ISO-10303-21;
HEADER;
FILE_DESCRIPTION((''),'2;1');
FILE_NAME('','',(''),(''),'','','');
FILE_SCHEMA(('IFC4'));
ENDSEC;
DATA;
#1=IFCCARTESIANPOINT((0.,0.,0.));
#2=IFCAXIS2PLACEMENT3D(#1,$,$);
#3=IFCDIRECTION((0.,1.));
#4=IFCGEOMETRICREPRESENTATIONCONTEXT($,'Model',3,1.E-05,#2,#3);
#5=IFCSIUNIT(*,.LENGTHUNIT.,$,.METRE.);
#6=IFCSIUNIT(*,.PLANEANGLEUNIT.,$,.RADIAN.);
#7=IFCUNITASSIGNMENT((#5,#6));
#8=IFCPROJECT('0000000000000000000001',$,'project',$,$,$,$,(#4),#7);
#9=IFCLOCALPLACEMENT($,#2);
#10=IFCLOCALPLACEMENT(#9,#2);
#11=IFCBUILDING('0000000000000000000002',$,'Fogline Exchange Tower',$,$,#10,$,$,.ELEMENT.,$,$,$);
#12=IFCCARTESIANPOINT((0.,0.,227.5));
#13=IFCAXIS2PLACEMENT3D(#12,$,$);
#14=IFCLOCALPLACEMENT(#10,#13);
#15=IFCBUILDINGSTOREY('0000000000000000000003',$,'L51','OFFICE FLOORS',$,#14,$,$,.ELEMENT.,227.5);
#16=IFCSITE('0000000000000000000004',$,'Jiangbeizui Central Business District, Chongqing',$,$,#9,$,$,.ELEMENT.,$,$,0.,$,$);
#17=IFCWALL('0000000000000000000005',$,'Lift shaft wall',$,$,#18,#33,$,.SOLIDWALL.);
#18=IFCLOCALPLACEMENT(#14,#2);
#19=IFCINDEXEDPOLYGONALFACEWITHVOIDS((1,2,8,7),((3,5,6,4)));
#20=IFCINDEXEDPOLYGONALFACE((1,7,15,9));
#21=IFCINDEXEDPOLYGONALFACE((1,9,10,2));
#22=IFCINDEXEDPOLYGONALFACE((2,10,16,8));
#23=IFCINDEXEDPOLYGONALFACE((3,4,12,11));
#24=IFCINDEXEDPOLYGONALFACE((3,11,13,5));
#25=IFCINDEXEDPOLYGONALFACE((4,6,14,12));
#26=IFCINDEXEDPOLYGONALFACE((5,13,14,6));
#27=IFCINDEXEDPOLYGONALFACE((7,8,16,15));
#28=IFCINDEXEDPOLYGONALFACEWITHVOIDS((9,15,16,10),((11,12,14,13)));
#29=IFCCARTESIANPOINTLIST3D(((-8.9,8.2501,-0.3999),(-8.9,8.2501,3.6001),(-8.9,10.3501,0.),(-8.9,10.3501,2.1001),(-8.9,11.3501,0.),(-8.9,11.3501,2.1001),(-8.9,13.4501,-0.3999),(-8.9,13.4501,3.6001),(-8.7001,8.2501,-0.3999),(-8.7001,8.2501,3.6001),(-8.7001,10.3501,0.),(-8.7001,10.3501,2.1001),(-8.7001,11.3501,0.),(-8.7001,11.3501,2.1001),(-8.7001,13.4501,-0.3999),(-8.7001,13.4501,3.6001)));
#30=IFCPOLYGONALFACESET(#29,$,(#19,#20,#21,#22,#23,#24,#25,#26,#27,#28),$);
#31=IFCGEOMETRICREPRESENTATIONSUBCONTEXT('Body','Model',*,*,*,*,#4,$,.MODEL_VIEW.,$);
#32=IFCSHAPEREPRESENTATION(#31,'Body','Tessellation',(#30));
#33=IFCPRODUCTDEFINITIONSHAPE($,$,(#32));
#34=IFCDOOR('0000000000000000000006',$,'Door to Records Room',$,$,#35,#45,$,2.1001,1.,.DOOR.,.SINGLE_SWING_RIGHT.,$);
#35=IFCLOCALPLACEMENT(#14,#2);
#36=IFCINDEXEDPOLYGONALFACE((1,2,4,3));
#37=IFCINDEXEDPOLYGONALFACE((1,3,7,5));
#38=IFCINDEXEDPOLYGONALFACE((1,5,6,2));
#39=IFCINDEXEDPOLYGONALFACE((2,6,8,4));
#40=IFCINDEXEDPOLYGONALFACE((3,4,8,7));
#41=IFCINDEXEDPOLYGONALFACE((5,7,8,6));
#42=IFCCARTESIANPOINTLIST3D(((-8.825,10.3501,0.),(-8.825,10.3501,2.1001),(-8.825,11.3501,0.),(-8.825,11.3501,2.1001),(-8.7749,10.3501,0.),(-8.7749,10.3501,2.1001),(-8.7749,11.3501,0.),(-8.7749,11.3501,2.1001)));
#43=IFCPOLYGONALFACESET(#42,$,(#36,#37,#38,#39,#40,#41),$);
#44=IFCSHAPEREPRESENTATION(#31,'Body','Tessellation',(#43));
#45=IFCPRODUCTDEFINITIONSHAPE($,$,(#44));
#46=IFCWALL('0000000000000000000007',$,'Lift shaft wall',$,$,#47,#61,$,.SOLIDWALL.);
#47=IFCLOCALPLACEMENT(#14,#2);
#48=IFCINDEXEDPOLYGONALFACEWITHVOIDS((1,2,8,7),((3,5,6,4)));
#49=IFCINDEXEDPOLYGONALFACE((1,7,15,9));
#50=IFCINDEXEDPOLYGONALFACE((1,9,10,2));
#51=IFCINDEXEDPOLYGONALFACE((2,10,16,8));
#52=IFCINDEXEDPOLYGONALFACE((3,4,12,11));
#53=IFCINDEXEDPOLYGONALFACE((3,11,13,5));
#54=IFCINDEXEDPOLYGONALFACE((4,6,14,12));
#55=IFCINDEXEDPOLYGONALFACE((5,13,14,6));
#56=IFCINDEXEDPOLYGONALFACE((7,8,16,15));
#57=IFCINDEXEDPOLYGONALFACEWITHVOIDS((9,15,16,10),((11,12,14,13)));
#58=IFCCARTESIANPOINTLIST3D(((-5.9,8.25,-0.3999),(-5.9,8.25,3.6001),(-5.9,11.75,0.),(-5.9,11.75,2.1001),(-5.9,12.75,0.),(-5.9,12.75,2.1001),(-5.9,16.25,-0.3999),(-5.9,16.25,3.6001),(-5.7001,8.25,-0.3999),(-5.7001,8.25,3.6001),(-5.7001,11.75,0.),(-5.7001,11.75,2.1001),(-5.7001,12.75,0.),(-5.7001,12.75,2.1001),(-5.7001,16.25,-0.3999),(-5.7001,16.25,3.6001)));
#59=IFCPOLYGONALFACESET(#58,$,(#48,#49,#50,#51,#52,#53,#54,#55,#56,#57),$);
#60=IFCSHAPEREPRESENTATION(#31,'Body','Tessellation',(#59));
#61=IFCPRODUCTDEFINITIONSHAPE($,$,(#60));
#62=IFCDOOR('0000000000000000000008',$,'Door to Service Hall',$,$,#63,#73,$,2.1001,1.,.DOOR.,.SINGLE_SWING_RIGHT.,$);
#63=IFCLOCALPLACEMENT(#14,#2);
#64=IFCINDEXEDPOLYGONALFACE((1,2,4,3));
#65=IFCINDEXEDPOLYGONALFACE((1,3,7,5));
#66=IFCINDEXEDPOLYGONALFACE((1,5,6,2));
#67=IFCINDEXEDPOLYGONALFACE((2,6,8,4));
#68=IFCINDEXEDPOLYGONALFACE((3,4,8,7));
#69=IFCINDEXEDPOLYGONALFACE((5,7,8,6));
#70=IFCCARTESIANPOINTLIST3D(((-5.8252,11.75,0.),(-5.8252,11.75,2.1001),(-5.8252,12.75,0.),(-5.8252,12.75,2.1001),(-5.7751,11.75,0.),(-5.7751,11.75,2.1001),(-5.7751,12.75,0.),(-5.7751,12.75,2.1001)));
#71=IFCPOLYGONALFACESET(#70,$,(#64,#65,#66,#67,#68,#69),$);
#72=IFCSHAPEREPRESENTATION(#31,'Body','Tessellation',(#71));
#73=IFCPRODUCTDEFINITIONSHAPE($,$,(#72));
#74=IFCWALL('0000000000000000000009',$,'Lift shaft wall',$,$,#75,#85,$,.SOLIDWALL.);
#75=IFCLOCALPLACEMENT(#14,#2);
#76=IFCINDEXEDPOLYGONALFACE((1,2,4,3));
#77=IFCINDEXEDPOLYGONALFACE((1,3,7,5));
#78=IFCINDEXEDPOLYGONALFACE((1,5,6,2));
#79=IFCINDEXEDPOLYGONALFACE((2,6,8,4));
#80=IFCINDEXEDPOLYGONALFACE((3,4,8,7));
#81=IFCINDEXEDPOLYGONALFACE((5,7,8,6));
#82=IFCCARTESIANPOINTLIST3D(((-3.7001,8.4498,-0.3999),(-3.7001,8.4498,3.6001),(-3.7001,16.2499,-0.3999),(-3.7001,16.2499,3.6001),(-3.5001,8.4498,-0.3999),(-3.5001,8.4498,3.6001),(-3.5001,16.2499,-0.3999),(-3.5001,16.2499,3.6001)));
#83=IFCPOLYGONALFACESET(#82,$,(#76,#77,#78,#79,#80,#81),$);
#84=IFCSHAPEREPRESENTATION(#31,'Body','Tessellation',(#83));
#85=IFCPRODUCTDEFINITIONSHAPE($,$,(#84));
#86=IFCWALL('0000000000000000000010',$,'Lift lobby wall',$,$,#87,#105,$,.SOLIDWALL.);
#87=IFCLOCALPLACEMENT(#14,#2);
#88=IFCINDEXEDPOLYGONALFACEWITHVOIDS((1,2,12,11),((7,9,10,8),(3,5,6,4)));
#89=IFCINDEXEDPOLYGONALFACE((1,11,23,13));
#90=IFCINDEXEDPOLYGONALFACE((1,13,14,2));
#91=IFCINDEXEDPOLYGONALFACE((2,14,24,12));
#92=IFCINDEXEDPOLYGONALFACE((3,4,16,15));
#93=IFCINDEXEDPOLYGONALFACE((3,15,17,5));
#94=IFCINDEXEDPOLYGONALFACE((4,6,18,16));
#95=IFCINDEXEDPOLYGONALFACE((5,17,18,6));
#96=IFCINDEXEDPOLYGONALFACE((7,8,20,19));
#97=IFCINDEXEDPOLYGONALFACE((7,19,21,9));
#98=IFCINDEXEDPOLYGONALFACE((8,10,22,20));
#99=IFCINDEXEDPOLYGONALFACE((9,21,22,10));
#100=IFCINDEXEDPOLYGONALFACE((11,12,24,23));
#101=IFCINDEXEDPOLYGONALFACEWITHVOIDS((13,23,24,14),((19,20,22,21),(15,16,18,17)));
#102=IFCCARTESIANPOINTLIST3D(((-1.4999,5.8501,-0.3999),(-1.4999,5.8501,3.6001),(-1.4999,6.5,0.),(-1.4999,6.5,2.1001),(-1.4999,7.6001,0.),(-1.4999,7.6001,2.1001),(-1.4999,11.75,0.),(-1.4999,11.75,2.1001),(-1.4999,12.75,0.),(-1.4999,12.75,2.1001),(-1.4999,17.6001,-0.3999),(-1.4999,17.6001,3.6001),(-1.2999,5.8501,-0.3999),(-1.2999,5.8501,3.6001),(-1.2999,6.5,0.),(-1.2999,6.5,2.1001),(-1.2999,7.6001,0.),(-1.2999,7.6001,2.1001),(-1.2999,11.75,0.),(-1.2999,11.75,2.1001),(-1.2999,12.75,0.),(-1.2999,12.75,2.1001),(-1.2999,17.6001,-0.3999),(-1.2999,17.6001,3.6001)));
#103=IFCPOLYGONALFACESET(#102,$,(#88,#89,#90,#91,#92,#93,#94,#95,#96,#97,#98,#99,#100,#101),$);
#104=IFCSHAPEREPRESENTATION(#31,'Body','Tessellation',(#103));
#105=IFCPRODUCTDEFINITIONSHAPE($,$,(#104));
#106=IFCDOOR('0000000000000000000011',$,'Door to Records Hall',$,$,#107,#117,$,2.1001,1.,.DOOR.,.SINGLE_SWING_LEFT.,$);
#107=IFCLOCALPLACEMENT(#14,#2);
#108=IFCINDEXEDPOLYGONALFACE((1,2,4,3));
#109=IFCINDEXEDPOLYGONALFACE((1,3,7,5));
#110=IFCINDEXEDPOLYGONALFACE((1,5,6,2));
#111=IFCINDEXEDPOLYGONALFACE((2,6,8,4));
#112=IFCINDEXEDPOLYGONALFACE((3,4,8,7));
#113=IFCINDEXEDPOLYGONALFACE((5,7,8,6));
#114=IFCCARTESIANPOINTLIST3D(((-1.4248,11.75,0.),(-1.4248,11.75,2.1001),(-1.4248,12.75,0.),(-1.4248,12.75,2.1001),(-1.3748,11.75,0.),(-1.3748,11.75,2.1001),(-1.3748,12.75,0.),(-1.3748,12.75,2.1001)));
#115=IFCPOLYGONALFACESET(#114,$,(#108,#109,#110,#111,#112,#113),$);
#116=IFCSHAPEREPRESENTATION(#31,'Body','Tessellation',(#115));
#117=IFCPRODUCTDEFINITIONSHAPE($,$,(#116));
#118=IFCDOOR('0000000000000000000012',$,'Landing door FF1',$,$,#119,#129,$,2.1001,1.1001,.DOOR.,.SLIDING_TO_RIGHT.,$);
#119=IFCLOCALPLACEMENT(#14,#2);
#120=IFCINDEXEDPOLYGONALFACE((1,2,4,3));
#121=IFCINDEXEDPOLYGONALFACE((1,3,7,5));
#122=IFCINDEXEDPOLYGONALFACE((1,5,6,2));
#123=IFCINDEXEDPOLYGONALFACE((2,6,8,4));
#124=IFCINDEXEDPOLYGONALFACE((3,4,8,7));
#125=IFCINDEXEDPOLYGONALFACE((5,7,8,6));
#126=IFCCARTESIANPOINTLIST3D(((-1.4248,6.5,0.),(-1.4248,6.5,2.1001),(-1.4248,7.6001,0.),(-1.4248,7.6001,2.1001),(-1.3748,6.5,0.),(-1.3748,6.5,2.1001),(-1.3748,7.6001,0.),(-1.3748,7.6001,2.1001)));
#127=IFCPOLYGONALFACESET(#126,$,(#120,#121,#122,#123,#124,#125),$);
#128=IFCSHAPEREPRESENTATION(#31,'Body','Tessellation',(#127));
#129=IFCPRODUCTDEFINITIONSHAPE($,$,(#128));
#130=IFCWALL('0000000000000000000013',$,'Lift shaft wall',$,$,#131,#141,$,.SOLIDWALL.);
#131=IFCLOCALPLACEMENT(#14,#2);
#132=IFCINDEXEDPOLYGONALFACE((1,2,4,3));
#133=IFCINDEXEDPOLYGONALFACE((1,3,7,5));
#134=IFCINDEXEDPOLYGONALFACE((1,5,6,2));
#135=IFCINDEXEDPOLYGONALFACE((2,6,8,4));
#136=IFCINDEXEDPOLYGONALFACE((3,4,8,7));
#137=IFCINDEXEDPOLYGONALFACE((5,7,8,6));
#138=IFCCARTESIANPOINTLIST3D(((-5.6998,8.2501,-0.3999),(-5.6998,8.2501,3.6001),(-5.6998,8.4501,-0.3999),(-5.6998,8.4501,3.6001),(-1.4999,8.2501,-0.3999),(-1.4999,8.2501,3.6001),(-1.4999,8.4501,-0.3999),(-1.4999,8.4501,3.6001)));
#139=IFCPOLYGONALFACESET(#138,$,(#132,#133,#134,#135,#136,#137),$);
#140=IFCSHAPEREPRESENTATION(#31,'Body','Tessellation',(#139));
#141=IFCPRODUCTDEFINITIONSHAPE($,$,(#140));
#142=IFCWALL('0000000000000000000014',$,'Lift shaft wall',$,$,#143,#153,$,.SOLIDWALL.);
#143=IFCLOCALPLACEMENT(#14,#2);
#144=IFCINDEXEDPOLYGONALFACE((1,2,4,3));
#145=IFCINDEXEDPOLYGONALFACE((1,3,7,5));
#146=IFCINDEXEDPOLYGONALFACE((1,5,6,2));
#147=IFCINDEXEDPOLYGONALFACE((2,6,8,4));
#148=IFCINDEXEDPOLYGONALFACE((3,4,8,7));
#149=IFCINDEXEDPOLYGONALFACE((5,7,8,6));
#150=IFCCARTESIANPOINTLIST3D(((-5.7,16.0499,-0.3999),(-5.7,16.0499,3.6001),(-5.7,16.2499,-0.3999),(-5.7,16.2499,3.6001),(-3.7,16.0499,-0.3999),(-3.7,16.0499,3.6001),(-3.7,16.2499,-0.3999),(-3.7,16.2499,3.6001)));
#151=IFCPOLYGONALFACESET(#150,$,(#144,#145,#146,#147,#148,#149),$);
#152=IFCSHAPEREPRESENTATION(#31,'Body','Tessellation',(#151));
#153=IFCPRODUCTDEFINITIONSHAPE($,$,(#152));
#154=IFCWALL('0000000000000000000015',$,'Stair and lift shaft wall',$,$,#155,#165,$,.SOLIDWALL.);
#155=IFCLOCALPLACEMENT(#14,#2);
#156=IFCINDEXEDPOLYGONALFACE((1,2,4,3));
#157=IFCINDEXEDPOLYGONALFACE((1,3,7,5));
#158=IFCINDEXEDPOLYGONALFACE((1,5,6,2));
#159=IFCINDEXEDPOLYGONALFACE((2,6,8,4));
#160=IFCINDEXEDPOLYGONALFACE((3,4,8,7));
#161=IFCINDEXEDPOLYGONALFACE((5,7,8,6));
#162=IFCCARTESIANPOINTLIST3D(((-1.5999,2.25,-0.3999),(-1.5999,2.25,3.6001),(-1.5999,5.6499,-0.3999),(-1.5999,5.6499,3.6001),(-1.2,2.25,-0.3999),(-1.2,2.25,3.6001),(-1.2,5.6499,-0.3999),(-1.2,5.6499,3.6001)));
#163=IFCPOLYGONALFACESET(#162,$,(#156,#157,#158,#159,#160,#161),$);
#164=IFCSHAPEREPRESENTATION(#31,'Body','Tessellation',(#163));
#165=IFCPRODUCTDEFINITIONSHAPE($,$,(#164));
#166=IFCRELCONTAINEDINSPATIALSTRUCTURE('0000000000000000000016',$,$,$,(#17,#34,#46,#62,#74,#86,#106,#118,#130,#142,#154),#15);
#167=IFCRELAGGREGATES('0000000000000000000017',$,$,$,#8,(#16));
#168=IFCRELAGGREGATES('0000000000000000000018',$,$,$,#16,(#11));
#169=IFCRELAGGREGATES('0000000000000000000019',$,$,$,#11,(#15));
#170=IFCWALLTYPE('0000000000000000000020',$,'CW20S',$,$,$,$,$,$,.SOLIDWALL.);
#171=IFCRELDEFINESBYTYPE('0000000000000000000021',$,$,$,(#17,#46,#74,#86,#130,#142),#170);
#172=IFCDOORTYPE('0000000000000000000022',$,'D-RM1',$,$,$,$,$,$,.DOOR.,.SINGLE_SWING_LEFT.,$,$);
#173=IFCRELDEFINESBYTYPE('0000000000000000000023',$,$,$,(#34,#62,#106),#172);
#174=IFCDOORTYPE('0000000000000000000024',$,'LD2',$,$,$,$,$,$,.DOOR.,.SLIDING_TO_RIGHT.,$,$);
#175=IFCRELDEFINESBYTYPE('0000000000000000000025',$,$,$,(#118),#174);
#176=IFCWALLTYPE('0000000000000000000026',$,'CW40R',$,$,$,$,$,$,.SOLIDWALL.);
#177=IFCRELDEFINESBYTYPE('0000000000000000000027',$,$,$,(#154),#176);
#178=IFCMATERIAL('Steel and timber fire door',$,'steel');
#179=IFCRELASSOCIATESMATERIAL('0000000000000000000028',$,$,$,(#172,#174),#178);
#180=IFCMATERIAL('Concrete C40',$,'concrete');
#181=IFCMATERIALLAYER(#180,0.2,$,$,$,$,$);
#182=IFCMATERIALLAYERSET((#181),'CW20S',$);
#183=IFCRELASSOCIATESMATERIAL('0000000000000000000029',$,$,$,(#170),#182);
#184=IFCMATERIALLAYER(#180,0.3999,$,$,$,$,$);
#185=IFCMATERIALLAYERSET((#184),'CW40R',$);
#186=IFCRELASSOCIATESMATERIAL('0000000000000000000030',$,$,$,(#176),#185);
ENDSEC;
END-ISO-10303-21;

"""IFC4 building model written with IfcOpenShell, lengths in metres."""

from ifc_helpers import new_model, si_unit, direction, frame, frame_2d, origin, place, context, subcontext, project, spatial, rectangle, extrude, material, layer, layer_set, type_object, element, fill, save


model = new_model("IFC4")

# Units and contexts
model_context = context("Model", 3, precision=1e-05, world=origin(), true_north=direction((0.0, 1.0)))
body_context = subcontext(model_context, "Body", "Model", "MODEL_VIEW")
ifc_project = project(units=[si_unit("LENGTHUNIT", "METRE"), si_unit("PLANEANGLEUNIT", "RADIAN")], contexts=[model_context])

# Site, building, storey
site_placement = place(None, origin())
site = spatial("IfcSite", under=ifc_project, at=site_placement, Name="Jiangbeizui Central Business District, Chongqing", CompositionType="ELEMENT", RefElevation=0.0)
building_placement = place(site_placement, origin())
building = spatial("IfcBuilding", under=site, at=building_placement, Name="Fogline Exchange Tower", CompositionType="ELEMENT")
storey_placement = place(building_placement, frame((0.0, 0.0, 227.5)))
storey = spatial("IfcBuildingStorey", under=building, at=storey_placement, Name="L51", Description="OFFICE FLOORS", CompositionType="ELEMENT", Elevation=227.5)

# Shared definitions
ifc_material_1 = material(Name="Steel and timber fire door", Category="steel")

# Walls, openings, doors
ifc_material_2 = material(Name="Concrete C40", Category="concrete")
door_type_1 = type_object("IfcDoorType", Name="D-RM1", OperationType="SINGLE_SWING_LEFT", PredefinedType="DOOR", material=ifc_material_1)
ifc_layer_1 = layer(ifc_material_2, 0.2)
ifc_layer_set_1 = layer_set([ifc_layer_1], Name="CW20S")
wall_type_1 = type_object("IfcWallType", Name="CW20S", PredefinedType="SOLIDWALL", material=ifc_layer_set_1)
wall_1_placement = place(storey_placement, frame((-8.8, 8.25, -0.3999), z_axis=(0.0, 0.0, 1.0), x_axis=(0.0, 1.0, 0.0)))
wall_1 = element("IfcWall", 1, at=wall_1_placement, inside=storey, type_object=wall_type_1, Name="Lift shaft wall", PredefinedType="SOLIDWALL", context=body_context, shape_type="SweptSolid", body=[
    extrude(rectangle(XDim=5.2, YDim=0.2, at=frame_2d((2.6001, 0.0))), origin(), (0.0, 0.0, 1.0), 4.0),
])
opening_1_placement = place(wall_1_placement, frame((2.1001, 0.0, 0.3999)))
opening_1 = element("IfcOpeningElement", 2, at=opening_1_placement, cuts=wall_1, PredefinedType="OPENING", context=body_context, shape_type="SweptSolid", body=[
    extrude(rectangle(XDim=1.0, YDim=2.1001, at=frame_2d((0.5, 1.05))), frame((0.0, 0.1099, 0.0), z_axis=(0.0, -1.0, 0.0), x_axis=(1.0, 0.0, 0.0)), (0.0, 0.0, 1.0), 0.22),
])
door_1_placement = place(opening_1_placement, origin())
door_1 = element("IfcDoor", 3, at=door_1_placement, inside=storey, type_object=door_type_1, Name="Door to Records Room", OperationType="SINGLE_SWING_RIGHT", OverallHeight=2.1001, OverallWidth=1.0, PredefinedType="DOOR", context=body_context, shape_type="SweptSolid", body=[
    extrude(rectangle(XDim=1.0, YDim=2.1001, at=frame_2d((0.5, 1.05))), frame((0.0, 0.0249, 0.0), z_axis=(0.0, -1.0, 0.0), x_axis=(1.0, 0.0, 0.0)), (0.0, 0.0, 1.0), 0.05),
])
fill(opening_1, door_1)
wall_2_placement = place(storey_placement, frame((-5.8, 8.25, -0.3999), z_axis=(0.0, 0.0, 1.0), x_axis=(0.0, 1.0, 0.0)))
wall_2 = element("IfcWall", 4, at=wall_2_placement, inside=storey, type_object=wall_type_1, Name="Lift shaft wall", PredefinedType="SOLIDWALL", context=body_context, shape_type="SweptSolid", body=[
    extrude(rectangle(XDim=8.0, YDim=0.2, at=frame_2d((4.0, 0.0))), origin(), (0.0, 0.0, 1.0), 4.0),
])
opening_2_placement = place(wall_2_placement, frame((3.5, 0.0, 0.3999)))
opening_2 = element("IfcOpeningElement", 5, at=opening_2_placement, cuts=wall_2, PredefinedType="OPENING", context=body_context, shape_type="SweptSolid", body=[
    extrude(rectangle(XDim=1.0, YDim=2.1001, at=frame_2d((0.5, 1.05))), frame((0.0, 0.1099, 0.0), z_axis=(0.0, -1.0, 0.0), x_axis=(1.0, 0.0, 0.0)), (0.0, 0.0, 1.0), 0.22),
])
door_2_placement = place(opening_2_placement, frame((1.0, 0.0, 0.0), z_axis=(0.0, 0.0, 1.0), x_axis=(-1.0, 0.0, 0.0)))
door_2 = element("IfcDoor", 6, at=door_2_placement, inside=storey, type_object=door_type_1, Name="Door to Service Hall", OperationType="SINGLE_SWING_RIGHT", OverallHeight=2.1001, OverallWidth=1.0, PredefinedType="DOOR", context=body_context, shape_type="SweptSolid", body=[
    extrude(rectangle(XDim=1.0, YDim=2.1001, at=frame_2d((0.5, 1.05))), frame((0.0, 0.0249, 0.0), z_axis=(0.0, -1.0, 0.0), x_axis=(1.0, 0.0, 0.0)), (0.0, 0.0, 1.0), 0.05),
])
fill(opening_2, door_2)

# Wall
wall_3_placement = place(storey_placement, frame((-3.6001, 8.45, -0.3999), z_axis=(0.0, 0.0, 1.0), x_axis=(0.0, 1.0, 0.0)))
element("IfcWall", 7, at=wall_3_placement, inside=storey, type_object=wall_type_1, Name="Lift shaft wall", PredefinedType="SOLIDWALL", context=body_context, shape_type="SweptSolid", body=[
    extrude(rectangle(XDim=7.8, YDim=0.2, at=frame_2d((3.8999, 0.0))), origin(), (0.0, 0.0, 1.0), 4.0),
])

# Wall, openings, doors
wall_4_placement = place(storey_placement, frame((-1.3999, 5.8501, -0.3999), z_axis=(0.0, 0.0, 1.0), x_axis=(0.0, 1.0, 0.0)))
wall_4 = element("IfcWall", 8, at=wall_4_placement, inside=storey, type_object=wall_type_1, Name="Lift lobby wall", PredefinedType="SOLIDWALL", context=body_context, shape_type="SweptSolid", body=[
    extrude(rectangle(XDim=11.75, YDim=0.2, at=frame_2d((5.875, 0.0))), origin(), (0.0, 0.0, 1.0), 4.0),
])
opening_3_placement = place(wall_4_placement, frame((0.6499, 0.0, 0.3999)))
opening_3 = element("IfcOpeningElement", 9, at=opening_3_placement, cuts=wall_4, PredefinedType="OPENING", context=body_context, shape_type="SweptSolid", body=[
    extrude(rectangle(XDim=1.1001, YDim=2.1001, at=frame_2d((0.55, 1.05))), frame((0.0, 0.1099, 0.0), z_axis=(0.0, -1.0, 0.0), x_axis=(1.0, 0.0, 0.0)), (0.0, 0.0, 1.0), 0.22),
])
opening_4_placement = place(wall_4_placement, frame((5.8999, 0.0, 0.3999)))
opening_4 = element("IfcOpeningElement", 10, at=opening_4_placement, cuts=wall_4, PredefinedType="OPENING", context=body_context, shape_type="SweptSolid", body=[
    extrude(rectangle(XDim=1.0, YDim=2.1001, at=frame_2d((0.5, 1.05))), frame((0.0, 0.1099, 0.0), z_axis=(0.0, -1.0, 0.0), x_axis=(1.0, 0.0, 0.0)), (0.0, 0.0, 1.0), 0.22),
])
door_3_placement = place(opening_4_placement, origin())
door_3 = element("IfcDoor", 11, at=door_3_placement, inside=storey, type_object=door_type_1, Name="Door to Records Hall", OperationType="SINGLE_SWING_LEFT", OverallHeight=2.1001, OverallWidth=1.0, PredefinedType="DOOR", context=body_context, shape_type="SweptSolid", body=[
    extrude(rectangle(XDim=1.0, YDim=2.1001, at=frame_2d((0.5, 1.05))), frame((0.0, 0.0249, 0.0), z_axis=(0.0, -1.0, 0.0), x_axis=(1.0, 0.0, 0.0)), (0.0, 0.0, 1.0), 0.05),
])
fill(opening_4, door_3)
door_type_2 = type_object("IfcDoorType", Name="LD2", OperationType="SLIDING_TO_RIGHT", PredefinedType="DOOR", material=ifc_material_1)
door_4_placement = place(opening_3_placement, origin())
door_4 = element("IfcDoor", 12, at=door_4_placement, inside=storey, type_object=door_type_2, Name="Landing door FF1", OperationType="SLIDING_TO_RIGHT", OverallHeight=2.1001, OverallWidth=1.1001, PredefinedType="DOOR", context=body_context, shape_type="SweptSolid", body=[
    extrude(rectangle(XDim=1.1001, YDim=2.1001, at=frame_2d((0.55, 1.05))), frame((0.0, 0.0249, 0.0), z_axis=(0.0, -1.0, 0.0), x_axis=(1.0, 0.0, 0.0)), (0.0, 0.0, 1.0), 0.05),
])
fill(opening_3, door_4)

# Walls
wall_5_placement = place(storey_placement, frame((-5.7, 8.3501, -0.3999), z_axis=(0.0, 0.0, 1.0), x_axis=(1.0, 0.0, 0.0)))
element("IfcWall", 13, at=wall_5_placement, inside=storey, type_object=wall_type_1, Name="Lift shaft wall", PredefinedType="SOLIDWALL", context=body_context, shape_type="SweptSolid", body=[
    extrude(rectangle(XDim=4.2, YDim=0.2, at=frame_2d((2.1001, 0.0))), origin(), (0.0, 0.0, 1.0), 4.0),
])
wall_6_placement = place(storey_placement, frame((-5.7, 16.1499, -0.3999), z_axis=(0.0, 0.0, 1.0), x_axis=(1.0, 0.0, 0.0)))
element("IfcWall", 14, at=wall_6_placement, inside=storey, type_object=wall_type_1, Name="Lift shaft wall", PredefinedType="SOLIDWALL", context=body_context, shape_type="SweptSolid", body=[
    extrude(rectangle(XDim=2.0, YDim=0.2, at=frame_2d((1.0, 0.0))), origin(), (0.0, 0.0, 1.0), 4.0),
])
ifc_layer_2 = layer(ifc_material_2, 0.3999)
ifc_layer_set_2 = layer_set([ifc_layer_2], Name="CW40R")
wall_type_2 = type_object("IfcWallType", Name="CW40R", PredefinedType="SOLIDWALL", material=ifc_layer_set_2)
wall_7_placement = place(storey_placement, frame((-1.3999, 2.25, -0.3999), z_axis=(0.0, 0.0, 1.0), x_axis=(0.0, 1.0, 0.0)))
element("IfcWall", 15, at=wall_7_placement, inside=storey, type_object=wall_type_2, Name="Stair and lift shaft wall", PredefinedType="SOLIDWALL", context=body_context, shape_type="SweptSolid", body=[
    extrude(rectangle(XDim=3.3999, YDim=0.3999, at=frame_2d((1.7, 0.0))), origin(), (0.0, 0.0, 1.0), 4.0),
])

save(model, "model.ifc")
